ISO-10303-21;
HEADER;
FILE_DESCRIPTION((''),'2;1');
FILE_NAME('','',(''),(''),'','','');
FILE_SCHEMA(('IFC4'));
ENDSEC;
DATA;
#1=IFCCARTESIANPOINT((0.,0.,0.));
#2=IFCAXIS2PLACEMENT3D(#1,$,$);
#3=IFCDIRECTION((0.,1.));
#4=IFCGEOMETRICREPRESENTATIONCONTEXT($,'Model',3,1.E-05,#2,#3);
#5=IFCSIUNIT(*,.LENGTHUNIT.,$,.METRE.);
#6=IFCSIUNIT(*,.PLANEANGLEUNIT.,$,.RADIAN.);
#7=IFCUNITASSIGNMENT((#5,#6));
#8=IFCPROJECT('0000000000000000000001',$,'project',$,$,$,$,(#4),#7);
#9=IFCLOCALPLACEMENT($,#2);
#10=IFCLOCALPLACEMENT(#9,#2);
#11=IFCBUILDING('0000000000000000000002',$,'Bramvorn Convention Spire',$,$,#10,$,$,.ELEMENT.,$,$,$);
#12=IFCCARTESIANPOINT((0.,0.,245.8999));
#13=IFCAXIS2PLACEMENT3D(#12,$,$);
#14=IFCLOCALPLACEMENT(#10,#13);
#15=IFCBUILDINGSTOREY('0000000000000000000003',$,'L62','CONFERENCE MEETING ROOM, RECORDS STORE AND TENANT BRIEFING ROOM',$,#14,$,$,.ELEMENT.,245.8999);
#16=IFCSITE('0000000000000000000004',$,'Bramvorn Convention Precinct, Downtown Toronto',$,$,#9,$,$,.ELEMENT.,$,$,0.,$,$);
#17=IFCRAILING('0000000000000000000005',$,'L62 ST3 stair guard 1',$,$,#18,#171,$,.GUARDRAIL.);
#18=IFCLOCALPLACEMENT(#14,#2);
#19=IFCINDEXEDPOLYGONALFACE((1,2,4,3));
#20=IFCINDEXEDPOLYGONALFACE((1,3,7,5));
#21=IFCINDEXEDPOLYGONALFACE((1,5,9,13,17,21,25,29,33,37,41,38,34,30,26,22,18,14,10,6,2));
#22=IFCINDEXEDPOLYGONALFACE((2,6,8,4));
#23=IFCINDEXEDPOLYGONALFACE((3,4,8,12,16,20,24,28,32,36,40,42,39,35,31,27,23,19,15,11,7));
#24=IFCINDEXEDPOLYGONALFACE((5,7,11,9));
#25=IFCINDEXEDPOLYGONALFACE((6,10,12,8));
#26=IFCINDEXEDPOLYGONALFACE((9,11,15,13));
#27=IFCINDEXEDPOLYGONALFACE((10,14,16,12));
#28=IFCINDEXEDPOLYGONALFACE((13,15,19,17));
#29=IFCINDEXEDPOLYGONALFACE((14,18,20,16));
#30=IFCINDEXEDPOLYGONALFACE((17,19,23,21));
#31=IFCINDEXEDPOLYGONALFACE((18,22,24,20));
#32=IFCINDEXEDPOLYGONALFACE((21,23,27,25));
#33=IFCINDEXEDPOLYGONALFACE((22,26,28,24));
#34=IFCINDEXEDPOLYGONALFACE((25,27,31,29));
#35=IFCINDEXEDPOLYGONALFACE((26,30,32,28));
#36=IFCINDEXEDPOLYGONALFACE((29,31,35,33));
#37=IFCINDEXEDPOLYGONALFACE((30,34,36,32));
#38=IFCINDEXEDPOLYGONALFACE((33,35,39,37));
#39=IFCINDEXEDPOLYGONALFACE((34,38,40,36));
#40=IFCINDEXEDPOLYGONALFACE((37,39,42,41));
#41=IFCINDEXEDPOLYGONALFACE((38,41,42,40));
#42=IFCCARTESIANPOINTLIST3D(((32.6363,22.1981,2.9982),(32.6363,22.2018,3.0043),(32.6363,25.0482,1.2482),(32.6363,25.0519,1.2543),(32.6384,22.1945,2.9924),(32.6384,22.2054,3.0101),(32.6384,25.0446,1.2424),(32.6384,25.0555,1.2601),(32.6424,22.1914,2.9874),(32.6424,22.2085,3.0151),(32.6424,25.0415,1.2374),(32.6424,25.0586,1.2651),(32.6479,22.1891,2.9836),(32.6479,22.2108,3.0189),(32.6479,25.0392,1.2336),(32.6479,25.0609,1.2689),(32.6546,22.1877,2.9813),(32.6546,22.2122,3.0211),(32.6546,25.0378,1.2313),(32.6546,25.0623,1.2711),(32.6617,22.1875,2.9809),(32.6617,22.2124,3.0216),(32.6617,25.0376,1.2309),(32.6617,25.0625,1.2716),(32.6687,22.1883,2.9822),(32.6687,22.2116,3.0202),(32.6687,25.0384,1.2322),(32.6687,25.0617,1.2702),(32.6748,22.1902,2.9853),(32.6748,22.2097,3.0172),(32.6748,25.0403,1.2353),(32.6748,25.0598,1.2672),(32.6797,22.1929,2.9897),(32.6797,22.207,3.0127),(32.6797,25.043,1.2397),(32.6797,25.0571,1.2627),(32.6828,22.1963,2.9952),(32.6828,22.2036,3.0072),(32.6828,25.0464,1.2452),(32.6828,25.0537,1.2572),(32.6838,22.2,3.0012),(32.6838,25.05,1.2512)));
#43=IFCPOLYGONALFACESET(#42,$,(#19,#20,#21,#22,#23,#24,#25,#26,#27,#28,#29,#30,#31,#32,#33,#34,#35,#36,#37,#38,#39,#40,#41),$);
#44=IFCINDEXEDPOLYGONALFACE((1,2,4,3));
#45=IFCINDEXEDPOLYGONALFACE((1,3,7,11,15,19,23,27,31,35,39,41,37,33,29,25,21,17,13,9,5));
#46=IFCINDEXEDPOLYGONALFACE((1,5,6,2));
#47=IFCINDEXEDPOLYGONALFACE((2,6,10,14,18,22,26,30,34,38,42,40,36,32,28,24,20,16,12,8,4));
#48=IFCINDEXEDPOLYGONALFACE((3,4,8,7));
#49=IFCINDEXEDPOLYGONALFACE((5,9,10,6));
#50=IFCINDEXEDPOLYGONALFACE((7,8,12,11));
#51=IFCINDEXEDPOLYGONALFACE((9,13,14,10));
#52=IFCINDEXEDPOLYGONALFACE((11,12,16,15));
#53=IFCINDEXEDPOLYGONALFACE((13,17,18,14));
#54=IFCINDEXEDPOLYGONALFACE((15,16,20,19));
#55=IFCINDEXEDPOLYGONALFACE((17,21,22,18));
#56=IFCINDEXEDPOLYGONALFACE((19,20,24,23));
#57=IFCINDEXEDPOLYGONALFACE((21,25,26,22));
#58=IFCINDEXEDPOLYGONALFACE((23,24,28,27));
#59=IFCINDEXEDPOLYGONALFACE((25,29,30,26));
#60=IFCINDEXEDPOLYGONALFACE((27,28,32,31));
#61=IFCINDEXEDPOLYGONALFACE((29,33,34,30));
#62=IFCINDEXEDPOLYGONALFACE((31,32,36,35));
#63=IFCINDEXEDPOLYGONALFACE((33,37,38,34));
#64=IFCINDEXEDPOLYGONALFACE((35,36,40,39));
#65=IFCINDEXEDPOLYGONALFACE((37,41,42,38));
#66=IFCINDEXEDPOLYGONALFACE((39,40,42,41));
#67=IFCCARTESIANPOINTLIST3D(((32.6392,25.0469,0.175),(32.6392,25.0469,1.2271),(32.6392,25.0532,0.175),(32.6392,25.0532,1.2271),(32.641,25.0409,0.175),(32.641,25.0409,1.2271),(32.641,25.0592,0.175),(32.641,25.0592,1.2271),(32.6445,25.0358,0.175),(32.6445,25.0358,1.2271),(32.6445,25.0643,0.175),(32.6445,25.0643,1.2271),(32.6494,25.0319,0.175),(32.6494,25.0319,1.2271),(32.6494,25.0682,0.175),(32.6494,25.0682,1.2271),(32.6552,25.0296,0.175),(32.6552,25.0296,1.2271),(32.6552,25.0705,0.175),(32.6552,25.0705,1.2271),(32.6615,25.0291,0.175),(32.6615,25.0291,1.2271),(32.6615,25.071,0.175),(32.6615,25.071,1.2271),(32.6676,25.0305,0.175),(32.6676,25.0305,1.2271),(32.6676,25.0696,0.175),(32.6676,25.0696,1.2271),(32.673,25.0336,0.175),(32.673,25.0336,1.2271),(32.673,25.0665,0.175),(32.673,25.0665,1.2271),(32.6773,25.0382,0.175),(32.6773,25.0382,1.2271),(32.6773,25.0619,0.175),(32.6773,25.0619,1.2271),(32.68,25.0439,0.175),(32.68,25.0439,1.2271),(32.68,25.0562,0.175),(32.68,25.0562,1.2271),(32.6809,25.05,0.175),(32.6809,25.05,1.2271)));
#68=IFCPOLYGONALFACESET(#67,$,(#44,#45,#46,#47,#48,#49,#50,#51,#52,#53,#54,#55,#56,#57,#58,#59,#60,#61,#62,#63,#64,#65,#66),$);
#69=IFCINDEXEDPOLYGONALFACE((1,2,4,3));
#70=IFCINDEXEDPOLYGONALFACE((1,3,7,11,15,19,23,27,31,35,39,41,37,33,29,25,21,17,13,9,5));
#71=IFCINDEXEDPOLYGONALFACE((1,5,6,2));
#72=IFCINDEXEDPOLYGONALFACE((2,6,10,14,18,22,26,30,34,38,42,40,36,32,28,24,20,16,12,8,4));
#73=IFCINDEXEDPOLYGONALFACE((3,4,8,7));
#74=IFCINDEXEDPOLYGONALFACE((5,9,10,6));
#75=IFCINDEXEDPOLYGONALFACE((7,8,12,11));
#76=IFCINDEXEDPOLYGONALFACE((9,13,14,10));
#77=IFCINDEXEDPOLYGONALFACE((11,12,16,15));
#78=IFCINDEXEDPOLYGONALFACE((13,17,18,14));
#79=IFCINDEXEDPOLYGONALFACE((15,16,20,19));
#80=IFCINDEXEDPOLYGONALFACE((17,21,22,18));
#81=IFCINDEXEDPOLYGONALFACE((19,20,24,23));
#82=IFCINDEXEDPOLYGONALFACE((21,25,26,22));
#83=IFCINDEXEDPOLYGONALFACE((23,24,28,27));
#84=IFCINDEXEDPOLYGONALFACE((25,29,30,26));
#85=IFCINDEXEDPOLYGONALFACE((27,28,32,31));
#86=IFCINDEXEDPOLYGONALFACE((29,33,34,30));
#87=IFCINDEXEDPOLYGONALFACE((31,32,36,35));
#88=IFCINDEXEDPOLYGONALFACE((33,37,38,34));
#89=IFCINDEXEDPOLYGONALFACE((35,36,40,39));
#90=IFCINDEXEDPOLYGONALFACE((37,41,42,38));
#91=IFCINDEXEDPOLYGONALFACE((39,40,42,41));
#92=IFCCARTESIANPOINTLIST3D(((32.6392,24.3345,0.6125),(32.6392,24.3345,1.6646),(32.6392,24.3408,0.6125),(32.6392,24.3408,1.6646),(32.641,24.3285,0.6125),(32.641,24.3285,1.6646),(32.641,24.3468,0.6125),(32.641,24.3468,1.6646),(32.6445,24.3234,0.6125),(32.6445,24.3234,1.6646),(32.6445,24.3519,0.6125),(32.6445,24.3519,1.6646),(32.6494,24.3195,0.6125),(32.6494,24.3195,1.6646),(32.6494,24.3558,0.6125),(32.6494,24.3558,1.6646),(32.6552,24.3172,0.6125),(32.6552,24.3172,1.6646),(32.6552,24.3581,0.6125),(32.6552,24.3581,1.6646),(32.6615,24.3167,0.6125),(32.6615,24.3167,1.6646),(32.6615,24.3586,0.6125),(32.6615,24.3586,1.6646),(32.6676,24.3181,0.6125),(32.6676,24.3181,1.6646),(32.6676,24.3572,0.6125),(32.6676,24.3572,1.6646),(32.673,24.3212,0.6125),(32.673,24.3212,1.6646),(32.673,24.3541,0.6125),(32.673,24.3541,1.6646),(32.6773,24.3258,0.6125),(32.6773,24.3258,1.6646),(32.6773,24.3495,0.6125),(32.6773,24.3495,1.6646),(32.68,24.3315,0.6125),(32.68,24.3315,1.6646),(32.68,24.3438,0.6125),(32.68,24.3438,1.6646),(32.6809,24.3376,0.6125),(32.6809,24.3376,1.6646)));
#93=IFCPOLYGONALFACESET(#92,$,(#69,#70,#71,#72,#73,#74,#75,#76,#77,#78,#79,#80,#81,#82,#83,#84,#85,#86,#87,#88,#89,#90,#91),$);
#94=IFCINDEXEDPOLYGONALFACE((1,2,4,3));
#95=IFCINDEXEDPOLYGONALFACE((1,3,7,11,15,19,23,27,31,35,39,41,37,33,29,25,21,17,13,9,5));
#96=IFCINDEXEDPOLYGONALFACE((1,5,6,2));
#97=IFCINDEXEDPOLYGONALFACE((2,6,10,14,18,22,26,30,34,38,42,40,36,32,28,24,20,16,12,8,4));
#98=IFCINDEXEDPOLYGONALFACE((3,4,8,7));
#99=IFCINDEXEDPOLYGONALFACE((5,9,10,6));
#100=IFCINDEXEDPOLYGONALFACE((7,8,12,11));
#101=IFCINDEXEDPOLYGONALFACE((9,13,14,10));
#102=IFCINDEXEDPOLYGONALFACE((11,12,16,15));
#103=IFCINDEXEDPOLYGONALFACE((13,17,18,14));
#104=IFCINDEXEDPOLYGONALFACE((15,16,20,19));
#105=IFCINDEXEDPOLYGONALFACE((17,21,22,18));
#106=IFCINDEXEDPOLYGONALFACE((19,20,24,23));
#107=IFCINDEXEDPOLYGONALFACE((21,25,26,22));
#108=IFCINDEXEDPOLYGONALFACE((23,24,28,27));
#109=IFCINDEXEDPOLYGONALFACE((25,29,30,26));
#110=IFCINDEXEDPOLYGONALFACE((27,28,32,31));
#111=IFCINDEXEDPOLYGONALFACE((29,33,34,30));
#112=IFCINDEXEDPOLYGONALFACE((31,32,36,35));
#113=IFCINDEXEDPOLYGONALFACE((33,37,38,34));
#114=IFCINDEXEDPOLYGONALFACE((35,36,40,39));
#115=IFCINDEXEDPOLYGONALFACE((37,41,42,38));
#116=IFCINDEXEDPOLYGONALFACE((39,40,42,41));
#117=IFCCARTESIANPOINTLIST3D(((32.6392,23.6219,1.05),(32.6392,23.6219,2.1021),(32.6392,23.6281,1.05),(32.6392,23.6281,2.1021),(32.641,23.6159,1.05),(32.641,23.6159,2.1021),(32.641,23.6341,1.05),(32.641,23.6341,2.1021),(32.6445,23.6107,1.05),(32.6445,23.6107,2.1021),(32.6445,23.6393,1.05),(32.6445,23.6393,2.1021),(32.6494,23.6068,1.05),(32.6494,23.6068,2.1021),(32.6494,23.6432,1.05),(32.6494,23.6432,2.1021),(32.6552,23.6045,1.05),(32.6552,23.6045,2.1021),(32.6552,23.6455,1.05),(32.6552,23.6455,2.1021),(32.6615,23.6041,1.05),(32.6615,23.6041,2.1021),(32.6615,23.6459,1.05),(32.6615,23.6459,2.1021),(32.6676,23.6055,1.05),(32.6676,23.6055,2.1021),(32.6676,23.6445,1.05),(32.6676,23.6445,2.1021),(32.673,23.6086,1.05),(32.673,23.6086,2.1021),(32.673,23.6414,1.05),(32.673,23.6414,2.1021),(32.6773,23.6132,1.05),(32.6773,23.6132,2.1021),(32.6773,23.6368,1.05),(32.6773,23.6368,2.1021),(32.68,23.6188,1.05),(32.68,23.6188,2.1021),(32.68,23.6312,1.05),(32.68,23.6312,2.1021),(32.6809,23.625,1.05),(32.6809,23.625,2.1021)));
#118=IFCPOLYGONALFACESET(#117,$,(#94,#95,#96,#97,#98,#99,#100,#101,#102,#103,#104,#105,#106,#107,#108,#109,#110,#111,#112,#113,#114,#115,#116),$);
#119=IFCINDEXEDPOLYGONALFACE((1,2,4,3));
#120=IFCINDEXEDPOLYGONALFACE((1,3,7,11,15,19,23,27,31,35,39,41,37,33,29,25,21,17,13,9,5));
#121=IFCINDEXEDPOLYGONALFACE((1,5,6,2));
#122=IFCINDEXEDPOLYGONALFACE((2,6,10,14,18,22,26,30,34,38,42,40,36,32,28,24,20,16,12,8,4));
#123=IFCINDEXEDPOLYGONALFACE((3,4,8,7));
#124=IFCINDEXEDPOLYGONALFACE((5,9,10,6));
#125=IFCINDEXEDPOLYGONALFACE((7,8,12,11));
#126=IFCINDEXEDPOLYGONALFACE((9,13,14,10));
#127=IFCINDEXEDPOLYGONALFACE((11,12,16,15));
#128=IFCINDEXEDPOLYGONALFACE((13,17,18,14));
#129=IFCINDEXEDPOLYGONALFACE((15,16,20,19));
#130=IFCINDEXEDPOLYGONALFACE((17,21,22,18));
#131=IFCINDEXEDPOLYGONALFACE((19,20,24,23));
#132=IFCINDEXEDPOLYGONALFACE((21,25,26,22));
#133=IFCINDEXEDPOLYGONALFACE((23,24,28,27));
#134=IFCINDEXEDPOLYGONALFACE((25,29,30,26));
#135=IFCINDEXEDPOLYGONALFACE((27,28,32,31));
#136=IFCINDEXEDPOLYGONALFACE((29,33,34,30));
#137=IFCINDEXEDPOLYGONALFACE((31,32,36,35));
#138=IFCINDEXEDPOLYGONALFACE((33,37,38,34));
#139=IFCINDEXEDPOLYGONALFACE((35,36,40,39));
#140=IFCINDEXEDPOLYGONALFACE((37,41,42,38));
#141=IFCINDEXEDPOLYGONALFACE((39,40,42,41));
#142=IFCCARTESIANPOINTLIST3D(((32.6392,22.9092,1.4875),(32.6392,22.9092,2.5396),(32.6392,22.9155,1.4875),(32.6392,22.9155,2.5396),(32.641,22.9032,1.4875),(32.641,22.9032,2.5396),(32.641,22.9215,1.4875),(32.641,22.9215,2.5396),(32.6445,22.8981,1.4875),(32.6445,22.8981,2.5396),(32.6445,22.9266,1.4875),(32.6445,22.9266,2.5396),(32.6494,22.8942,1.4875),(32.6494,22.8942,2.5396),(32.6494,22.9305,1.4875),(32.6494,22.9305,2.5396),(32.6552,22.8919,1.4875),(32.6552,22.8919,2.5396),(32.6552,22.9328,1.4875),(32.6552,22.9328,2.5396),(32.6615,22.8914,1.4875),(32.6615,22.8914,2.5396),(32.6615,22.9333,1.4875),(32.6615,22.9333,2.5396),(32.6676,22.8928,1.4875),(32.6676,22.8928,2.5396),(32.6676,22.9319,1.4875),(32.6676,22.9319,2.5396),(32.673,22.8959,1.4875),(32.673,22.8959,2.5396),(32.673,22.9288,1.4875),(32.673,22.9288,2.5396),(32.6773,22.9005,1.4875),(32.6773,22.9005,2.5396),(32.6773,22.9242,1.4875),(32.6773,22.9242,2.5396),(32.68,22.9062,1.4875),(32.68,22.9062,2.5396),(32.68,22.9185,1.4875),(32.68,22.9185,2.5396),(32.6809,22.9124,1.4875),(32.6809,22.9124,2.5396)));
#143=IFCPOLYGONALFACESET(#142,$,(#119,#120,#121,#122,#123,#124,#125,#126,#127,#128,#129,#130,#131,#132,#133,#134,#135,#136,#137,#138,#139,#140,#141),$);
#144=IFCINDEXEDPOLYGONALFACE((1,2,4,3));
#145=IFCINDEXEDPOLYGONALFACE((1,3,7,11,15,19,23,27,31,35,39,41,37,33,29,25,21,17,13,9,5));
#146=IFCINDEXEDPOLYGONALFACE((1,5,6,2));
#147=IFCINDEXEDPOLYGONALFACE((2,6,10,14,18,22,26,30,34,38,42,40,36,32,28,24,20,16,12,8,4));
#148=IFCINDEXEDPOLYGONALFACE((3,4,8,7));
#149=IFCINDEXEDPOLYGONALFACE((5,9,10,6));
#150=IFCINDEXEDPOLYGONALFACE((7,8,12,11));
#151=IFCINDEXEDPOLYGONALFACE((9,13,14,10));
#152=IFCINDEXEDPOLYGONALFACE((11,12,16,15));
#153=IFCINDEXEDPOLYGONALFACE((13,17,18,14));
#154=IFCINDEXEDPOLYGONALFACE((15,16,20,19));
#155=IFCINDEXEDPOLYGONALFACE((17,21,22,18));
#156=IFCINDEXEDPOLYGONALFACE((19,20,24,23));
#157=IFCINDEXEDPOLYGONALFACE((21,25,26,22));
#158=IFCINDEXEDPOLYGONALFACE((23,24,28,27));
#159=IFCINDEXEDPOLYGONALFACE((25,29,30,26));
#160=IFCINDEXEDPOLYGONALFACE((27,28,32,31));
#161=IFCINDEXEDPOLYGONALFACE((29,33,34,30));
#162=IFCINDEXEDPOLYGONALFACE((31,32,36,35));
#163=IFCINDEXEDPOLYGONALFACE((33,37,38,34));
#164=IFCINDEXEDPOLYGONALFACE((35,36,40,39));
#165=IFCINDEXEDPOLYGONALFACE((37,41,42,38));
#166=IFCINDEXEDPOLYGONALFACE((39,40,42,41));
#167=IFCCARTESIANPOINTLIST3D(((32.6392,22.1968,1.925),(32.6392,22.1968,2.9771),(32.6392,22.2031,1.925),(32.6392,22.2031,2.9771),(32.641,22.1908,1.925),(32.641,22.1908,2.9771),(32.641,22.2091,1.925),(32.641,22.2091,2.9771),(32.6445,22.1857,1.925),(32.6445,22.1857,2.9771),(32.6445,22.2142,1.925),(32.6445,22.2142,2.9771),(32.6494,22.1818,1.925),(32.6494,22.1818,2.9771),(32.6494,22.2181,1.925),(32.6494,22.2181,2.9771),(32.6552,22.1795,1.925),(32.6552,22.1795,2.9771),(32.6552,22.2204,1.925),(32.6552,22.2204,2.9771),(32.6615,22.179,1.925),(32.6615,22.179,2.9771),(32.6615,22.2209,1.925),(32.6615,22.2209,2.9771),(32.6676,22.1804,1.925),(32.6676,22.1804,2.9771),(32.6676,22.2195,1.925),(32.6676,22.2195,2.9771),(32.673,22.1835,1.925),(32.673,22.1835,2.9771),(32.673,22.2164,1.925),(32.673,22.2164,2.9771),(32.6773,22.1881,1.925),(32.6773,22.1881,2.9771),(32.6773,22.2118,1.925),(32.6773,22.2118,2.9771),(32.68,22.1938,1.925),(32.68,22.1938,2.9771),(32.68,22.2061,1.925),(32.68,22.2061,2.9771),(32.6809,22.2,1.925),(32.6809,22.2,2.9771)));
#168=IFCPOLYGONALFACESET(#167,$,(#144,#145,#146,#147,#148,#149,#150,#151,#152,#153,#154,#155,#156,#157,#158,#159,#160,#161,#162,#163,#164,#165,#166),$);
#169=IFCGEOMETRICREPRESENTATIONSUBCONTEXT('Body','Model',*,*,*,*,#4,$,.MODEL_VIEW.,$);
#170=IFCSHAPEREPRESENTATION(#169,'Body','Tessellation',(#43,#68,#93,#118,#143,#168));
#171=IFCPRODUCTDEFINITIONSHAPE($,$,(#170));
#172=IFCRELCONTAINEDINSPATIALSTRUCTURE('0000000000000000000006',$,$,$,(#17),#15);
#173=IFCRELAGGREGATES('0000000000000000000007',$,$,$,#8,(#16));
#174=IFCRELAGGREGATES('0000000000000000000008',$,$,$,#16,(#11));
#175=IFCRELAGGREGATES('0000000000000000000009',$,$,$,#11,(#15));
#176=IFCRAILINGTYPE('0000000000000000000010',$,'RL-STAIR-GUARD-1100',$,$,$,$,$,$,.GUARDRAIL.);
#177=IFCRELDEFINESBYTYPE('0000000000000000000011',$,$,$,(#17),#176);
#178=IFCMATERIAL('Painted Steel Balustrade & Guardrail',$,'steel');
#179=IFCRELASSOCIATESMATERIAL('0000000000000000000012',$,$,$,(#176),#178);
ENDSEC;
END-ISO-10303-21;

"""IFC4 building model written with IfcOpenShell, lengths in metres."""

from ifc_helpers import new_model, si_unit, direction, frame, origin, origin_2d, place, context, subcontext, project, spatial, circle, extrude, material, type_object, element, save


model = new_model("IFC4")

# Units and contexts
model_context = context("Model", 3, precision=1e-05, world=origin(), true_north=direction((0.0, 1.0)))
body_context = subcontext(model_context, "Body", "Model", "MODEL_VIEW")
ifc_project = project(units=[si_unit("LENGTHUNIT", "METRE"), si_unit("PLANEANGLEUNIT", "RADIAN")], contexts=[model_context])

# Site, building, storey
site_placement = place(None, origin())
site = spatial("IfcSite", under=ifc_project, at=site_placement, Name="Bramvorn Convention Precinct, Downtown Toronto", CompositionType="ELEMENT", RefElevation=0.0)
building_placement = place(site_placement, origin())
building = spatial("IfcBuilding", under=site, at=building_placement, Name="Bramvorn Convention Spire", CompositionType="ELEMENT")
storey_placement = place(building_placement, frame((0.0, 0.0, 245.8999)))
storey = spatial("IfcBuildingStorey", under=building, at=storey_placement, Name="L62", Description="CONFERENCE MEETING ROOM, RECORDS STORE AND TENANT BRIEFING ROOM", CompositionType="ELEMENT", Elevation=245.8999)

# Railing
ifc_material_1 = material(Name="Painted Steel Balustrade & Guardrail", Category="steel")
railing_type_1 = type_object("IfcRailingType", Name="RL-STAIR-GUARD-1100", PredefinedType="GUARDRAIL", material=ifc_material_1)
railing_1_placement = place(storey_placement, frame((32.6599, 25.05, 0.175)))
element("IfcRailing", 1, at=railing_1_placement, inside=storey, type_object=railing_type_1, Name="L62 ST3 stair guard 1", PredefinedType="GUARDRAIL", context=body_context, shape_type="SweptSolid", body=[
    extrude(circle(Radius=0.0239, at=origin_2d()), frame((0.0, 0.0, 1.0762), z_axis=(0.0, -0.852179, 0.52325), x_axis=(1.0, 0.0, 0.0)), (0.0, 0.0, 1.0), 3.3445),
    extrude(circle(Radius=0.021, at=origin_2d()), origin(), (0.0, 0.0, 1.0), 1.052),
    extrude(circle(Radius=0.021, at=origin_2d()), frame((0.0, -0.7124, 0.4375)), (0.0, 0.0, 1.0), 1.052),
    extrude(circle(Radius=0.021, at=origin_2d()), frame((0.0, -1.425, 0.875)), (0.0, 0.0, 1.0), 1.052),
    extrude(circle(Radius=0.021, at=origin_2d()), frame((0.0, -2.1377, 1.3125)), (0.0, 0.0, 1.0), 1.052),
    extrude(circle(Radius=0.021, at=origin_2d()), frame((0.0, -2.8501, 1.75)), (0.0, 0.0, 1.0), 1.052),
])

save(model, "model.ifc")
